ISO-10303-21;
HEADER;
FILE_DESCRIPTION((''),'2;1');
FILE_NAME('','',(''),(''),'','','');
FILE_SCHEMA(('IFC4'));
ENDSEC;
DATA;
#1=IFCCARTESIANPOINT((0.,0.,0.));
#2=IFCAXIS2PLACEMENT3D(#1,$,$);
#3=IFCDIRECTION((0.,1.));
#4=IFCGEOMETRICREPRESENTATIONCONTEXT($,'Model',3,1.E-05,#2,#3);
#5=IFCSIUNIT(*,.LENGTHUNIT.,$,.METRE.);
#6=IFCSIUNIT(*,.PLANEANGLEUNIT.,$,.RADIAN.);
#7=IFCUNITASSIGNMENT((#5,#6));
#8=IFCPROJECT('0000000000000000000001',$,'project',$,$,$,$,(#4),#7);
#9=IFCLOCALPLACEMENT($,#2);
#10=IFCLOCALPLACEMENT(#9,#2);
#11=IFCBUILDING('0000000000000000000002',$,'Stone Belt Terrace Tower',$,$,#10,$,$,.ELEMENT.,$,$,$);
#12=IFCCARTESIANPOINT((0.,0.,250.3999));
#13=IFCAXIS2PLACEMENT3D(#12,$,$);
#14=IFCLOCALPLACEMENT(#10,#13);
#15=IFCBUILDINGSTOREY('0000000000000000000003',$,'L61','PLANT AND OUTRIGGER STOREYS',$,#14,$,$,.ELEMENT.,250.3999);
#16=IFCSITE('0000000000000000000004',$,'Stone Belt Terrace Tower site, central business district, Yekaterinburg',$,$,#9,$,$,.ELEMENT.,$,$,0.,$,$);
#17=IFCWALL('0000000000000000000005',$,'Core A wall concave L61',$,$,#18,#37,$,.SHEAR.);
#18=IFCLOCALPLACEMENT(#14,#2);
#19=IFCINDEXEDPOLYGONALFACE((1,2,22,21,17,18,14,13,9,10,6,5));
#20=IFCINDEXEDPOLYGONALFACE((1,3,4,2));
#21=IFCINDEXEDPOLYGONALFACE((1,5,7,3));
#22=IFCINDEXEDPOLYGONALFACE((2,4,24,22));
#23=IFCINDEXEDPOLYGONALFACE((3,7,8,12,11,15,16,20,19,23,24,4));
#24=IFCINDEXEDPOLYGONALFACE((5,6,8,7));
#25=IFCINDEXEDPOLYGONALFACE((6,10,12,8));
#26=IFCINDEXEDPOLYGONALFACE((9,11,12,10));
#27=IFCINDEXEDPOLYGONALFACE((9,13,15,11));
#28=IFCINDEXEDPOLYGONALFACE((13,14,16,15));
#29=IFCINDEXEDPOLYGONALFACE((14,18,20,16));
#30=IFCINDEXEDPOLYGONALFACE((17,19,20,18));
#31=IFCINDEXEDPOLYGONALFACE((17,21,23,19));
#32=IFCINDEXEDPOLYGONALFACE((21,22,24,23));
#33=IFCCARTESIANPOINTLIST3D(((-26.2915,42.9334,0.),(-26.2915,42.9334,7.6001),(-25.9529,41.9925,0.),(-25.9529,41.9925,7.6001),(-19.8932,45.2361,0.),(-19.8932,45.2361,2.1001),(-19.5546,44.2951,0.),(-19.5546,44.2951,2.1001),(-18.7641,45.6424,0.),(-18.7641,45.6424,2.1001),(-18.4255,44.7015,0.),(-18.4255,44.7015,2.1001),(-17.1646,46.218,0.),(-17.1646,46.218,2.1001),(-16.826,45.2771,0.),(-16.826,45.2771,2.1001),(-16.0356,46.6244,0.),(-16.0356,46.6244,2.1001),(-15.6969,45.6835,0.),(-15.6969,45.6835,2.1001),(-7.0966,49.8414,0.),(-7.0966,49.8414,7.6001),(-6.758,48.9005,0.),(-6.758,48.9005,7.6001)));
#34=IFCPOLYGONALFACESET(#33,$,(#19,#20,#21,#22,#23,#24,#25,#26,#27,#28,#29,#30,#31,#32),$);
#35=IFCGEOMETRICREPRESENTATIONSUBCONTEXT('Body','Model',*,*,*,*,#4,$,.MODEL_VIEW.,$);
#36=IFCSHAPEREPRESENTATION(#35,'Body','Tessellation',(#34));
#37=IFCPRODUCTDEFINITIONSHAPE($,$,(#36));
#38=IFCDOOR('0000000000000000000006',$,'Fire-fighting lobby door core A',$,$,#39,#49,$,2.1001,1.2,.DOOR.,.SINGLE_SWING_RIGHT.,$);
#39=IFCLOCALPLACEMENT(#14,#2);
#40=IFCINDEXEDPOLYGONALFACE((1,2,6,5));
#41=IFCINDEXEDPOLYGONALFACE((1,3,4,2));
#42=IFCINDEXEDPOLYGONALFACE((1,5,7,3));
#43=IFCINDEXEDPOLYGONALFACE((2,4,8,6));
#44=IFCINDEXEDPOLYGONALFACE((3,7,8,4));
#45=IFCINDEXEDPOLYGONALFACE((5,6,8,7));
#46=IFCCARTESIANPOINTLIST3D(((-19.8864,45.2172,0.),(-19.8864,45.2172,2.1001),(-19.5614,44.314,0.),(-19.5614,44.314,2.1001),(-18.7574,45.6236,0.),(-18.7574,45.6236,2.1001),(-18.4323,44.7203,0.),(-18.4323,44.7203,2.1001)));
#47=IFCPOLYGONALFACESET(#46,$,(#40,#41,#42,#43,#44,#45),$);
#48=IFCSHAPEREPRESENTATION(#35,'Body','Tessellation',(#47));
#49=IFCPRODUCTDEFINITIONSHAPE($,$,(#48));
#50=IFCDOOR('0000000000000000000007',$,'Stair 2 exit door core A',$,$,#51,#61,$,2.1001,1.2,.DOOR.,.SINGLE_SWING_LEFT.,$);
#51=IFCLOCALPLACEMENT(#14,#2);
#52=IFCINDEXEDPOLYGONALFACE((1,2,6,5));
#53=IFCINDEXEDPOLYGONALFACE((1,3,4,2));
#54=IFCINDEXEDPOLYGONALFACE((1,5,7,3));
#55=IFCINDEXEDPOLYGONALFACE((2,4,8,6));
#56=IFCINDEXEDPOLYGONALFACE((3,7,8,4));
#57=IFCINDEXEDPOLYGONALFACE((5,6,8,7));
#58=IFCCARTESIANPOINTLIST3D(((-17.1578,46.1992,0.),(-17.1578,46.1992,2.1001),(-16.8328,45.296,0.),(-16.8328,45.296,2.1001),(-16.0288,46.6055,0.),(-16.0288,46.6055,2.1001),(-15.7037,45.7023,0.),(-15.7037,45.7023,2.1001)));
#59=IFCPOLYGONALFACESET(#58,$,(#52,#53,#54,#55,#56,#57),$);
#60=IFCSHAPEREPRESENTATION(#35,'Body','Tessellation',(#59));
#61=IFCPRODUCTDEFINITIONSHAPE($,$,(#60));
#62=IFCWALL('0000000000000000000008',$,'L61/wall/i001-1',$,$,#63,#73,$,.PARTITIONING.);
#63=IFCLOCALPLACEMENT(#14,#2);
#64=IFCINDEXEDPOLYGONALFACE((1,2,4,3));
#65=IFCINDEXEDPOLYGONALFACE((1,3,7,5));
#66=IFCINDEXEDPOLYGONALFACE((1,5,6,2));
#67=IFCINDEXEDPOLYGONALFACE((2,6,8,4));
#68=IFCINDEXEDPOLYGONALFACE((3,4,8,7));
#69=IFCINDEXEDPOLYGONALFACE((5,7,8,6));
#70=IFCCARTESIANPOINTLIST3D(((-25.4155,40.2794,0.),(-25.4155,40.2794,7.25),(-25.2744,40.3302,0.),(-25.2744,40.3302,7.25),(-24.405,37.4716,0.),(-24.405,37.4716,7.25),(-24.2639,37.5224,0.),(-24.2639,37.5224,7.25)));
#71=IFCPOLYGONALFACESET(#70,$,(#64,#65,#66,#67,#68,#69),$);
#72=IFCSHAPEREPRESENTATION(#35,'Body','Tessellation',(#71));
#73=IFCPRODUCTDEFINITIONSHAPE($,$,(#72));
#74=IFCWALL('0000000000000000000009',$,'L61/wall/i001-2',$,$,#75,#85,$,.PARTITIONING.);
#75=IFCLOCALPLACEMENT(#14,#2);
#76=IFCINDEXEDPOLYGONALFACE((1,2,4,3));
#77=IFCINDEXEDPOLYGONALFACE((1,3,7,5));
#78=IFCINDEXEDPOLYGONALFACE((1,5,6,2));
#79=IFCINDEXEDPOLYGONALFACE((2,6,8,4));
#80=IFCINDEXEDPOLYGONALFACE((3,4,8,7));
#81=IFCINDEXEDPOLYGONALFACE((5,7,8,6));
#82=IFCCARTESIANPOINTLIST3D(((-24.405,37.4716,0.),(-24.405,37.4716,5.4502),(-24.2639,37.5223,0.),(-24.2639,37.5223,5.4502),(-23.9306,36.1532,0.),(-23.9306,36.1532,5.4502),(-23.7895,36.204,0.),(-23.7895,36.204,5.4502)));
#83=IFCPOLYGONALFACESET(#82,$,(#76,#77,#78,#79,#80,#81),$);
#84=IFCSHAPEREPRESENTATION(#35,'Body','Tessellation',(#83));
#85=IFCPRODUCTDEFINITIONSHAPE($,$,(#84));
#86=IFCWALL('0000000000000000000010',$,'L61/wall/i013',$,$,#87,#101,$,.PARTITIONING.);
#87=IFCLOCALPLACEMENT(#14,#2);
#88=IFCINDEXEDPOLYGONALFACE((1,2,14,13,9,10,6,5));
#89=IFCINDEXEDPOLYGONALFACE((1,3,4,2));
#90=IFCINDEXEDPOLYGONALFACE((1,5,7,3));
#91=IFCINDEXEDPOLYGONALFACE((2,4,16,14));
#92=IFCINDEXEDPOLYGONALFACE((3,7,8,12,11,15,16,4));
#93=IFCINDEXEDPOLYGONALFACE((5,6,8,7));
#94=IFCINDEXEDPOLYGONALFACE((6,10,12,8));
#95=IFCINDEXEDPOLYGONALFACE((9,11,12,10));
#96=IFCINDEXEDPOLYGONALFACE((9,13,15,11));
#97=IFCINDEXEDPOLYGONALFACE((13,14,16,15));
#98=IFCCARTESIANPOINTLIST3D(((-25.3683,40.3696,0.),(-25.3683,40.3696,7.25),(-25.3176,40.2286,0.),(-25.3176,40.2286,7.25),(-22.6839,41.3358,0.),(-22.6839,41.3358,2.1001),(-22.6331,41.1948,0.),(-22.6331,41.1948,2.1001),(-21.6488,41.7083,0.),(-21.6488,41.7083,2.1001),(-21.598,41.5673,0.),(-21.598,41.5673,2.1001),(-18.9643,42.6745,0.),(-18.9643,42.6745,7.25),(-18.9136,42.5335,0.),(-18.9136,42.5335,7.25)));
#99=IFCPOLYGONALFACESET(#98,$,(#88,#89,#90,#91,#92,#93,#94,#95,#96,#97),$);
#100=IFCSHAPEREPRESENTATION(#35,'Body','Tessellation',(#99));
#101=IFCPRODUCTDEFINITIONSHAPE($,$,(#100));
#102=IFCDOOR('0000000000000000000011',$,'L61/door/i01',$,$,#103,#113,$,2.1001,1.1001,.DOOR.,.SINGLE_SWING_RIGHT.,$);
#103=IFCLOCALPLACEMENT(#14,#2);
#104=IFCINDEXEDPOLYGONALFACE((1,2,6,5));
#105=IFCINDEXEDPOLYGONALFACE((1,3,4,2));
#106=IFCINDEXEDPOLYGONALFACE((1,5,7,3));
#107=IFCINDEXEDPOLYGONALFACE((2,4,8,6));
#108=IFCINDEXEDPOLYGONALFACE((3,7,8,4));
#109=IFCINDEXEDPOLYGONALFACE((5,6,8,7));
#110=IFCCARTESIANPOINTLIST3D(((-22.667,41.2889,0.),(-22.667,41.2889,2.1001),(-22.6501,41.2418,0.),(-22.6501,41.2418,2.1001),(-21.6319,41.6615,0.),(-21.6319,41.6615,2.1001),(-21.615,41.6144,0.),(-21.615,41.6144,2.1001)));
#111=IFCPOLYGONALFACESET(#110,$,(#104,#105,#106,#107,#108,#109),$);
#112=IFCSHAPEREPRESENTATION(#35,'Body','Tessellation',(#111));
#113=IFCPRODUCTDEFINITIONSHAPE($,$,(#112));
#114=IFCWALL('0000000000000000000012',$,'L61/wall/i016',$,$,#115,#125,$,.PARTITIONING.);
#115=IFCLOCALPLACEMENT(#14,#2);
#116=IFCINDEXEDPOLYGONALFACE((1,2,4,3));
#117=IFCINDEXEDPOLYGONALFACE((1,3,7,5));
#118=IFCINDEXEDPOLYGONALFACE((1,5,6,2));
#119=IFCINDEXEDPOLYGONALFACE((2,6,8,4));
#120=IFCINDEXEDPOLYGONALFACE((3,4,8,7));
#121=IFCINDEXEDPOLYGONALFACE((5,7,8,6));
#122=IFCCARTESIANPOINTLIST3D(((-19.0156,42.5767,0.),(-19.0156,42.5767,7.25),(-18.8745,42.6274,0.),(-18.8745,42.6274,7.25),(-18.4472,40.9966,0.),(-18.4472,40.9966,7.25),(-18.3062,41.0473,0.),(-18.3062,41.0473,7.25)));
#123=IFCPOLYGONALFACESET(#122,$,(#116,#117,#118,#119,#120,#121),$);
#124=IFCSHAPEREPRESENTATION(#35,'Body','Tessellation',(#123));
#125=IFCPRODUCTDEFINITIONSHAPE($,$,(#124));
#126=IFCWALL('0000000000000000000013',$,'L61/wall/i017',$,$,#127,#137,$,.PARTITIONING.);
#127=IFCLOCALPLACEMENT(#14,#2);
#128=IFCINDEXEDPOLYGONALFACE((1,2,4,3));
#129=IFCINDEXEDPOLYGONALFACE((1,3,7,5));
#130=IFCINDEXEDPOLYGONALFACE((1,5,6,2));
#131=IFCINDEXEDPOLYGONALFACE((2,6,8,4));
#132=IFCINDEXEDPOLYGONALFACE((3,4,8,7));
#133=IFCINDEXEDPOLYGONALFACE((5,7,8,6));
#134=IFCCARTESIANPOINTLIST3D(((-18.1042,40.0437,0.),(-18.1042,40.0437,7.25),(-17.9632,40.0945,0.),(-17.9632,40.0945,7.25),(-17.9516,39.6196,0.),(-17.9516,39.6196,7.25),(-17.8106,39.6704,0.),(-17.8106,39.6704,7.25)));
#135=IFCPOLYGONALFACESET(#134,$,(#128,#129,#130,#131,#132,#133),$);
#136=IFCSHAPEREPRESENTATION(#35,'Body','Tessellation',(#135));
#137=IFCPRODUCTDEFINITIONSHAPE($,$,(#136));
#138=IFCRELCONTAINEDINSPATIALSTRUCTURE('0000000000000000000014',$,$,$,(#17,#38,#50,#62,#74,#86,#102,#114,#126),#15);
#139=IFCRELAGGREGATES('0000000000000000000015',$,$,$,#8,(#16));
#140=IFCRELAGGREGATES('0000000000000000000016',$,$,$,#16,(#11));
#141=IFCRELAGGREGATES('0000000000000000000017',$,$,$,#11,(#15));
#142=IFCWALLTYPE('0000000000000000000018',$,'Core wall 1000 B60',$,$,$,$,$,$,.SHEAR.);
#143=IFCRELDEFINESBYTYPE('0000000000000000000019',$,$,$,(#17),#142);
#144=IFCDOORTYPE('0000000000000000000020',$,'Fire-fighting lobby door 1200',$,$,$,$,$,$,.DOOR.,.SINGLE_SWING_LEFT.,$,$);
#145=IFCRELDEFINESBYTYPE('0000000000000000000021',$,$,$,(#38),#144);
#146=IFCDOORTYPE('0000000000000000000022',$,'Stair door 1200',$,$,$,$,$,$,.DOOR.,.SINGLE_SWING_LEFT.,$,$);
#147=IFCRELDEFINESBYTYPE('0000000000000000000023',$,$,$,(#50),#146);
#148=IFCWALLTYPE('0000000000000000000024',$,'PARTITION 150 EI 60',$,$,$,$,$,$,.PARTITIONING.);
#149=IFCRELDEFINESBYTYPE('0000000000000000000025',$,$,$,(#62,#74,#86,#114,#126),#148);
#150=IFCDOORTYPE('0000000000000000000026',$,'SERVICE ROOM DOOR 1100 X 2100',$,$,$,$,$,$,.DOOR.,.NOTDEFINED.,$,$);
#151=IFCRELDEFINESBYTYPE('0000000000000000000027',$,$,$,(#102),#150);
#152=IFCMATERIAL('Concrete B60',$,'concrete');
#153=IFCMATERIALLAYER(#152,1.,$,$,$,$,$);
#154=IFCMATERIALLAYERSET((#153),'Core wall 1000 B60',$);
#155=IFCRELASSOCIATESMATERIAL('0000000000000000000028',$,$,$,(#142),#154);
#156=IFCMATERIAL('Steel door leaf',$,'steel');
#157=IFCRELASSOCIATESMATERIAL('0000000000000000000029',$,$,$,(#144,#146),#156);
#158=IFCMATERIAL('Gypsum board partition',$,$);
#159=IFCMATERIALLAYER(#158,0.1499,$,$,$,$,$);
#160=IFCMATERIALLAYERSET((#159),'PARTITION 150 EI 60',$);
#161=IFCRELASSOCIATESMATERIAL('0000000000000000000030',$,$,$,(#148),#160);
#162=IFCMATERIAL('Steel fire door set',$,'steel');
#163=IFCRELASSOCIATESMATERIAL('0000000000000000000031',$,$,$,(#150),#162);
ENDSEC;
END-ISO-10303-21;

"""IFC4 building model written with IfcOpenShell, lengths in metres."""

from ifc_helpers import new_model, si_unit, direction, frame, frame_2d, origin, place, context, subcontext, project, spatial, rectangle, extrude, material, layer, layer_set, type_object, element, fill, save


model = new_model("IFC4")

# Units and contexts
model_context = context("Model", 3, precision=1e-05, world=origin(), true_north=direction((0.0, 1.0)))
body_context = subcontext(model_context, "Body", "Model", "MODEL_VIEW")
ifc_project = project(units=[si_unit("LENGTHUNIT", "METRE"), si_unit("PLANEANGLEUNIT", "RADIAN")], contexts=[model_context])

# Site, building, storey
site_placement = place(None, origin())
site = spatial("IfcSite", under=ifc_project, at=site_placement, Name="Stone Belt Terrace Tower site, central business district, Yekaterinburg", CompositionType="ELEMENT", RefElevation=0.0)
building_placement = place(site_placement, origin())
building = spatial("IfcBuilding", under=site, at=building_placement, Name="Stone Belt Terrace Tower", CompositionType="ELEMENT")
storey_placement = place(building_placement, frame((0.0, 0.0, 250.3999)))
storey = spatial("IfcBuildingStorey", under=building, at=storey_placement, Name="L61", Description="PLANT AND OUTRIGGER STOREYS", CompositionType="ELEMENT", Elevation=250.3999)

# Shared definitions
ifc_material_1 = material(Name="Concrete B60", Category="concrete")

# Wall, openings, doors
ifc_layer_1 = layer(ifc_material_1, 1.0)
ifc_layer_set_1 = layer_set([ifc_layer_1], Name="Core wall 1000 B60")
wall_type_1 = type_object("IfcWallType", Name="Core wall 1000 B60", PredefinedType="SHEAR", material=ifc_layer_set_1)
wall_1_placement = place(storey_placement, frame((-26.1223, 42.4629, 0.0), z_axis=(0.0, 0.0, 1.0), x_axis=(0.940921, 0.338625, 0.0)))
wall_1 = element("IfcWall", 1, at=wall_1_placement, inside=storey, type_object=wall_type_1, Name="Core A wall concave L61", PredefinedType="SHEAR", context=body_context, shape_type="SweptSolid", body=[
    extrude(rectangle(XDim=20.4001, YDim=1.0, at=frame_2d((10.2002, 0.0))), origin(), (0.0, 0.0, 1.0), 7.6001),
])
opening_1_placement = place(wall_1_placement, frame((6.8, 0.0, 0.0)))
opening_1 = element("IfcOpeningElement", 2, at=opening_1_placement, cuts=wall_1, PredefinedType="OPENING", context=body_context, shape_type="SweptSolid", body=[
    extrude(rectangle(XDim=1.2, YDim=2.1001, at=frame_2d((0.6001, 1.05))), frame((0.0, 0.51, 0.0), z_axis=(0.0, -1.0, 0.0), x_axis=(1.0, 0.0, 0.0)), (0.0, 0.0, 1.0), 1.02),
])
opening_2_placement = place(wall_1_placement, frame((9.7, 0.0, 0.0)))
opening_2 = element("IfcOpeningElement", 3, at=opening_2_placement, cuts=wall_1, PredefinedType="OPENING", context=body_context, shape_type="SweptSolid", body=[
    extrude(rectangle(XDim=1.2, YDim=2.1001, at=frame_2d((0.6001, 1.05))), frame((0.0, 0.51, 0.0), z_axis=(0.0, -1.0, 0.0), x_axis=(1.0, 0.0, 0.0)), (0.0, 0.0, 1.0), 1.02),
])
ifc_material_2 = material(Name="Steel door leaf", Category="steel")
door_type_1 = type_object("IfcDoorType", Name="Fire-fighting lobby door 1200", OperationType="SINGLE_SWING_LEFT", PredefinedType="DOOR", material=ifc_material_2)
door_1_placement = place(opening_1_placement, origin())
door_1 = element("IfcDoor", 4, at=door_1_placement, inside=storey, type_object=door_type_1, Name="Fire-fighting lobby door core A", OperationType="SINGLE_SWING_RIGHT", OverallHeight=2.1001, OverallWidth=1.2, PredefinedType="DOOR", context=body_context, shape_type="SweptSolid", body=[
    extrude(rectangle(XDim=1.2, YDim=2.1001, at=frame_2d((0.6001, 1.05))), frame((0.0, 0.48, 0.0), z_axis=(0.0, -1.0, 0.0), x_axis=(1.0, 0.0, 0.0)), (0.0, 0.0, 1.0), 0.96),
])
fill(opening_1, door_1)
door_type_2 = type_object("IfcDoorType", Name="Stair door 1200", OperationType="SINGLE_SWING_LEFT", PredefinedType="DOOR", material=ifc_material_2)
door_2_placement = place(opening_2_placement, origin())
door_2 = element("IfcDoor", 5, at=door_2_placement, inside=storey, type_object=door_type_2, Name="Stair 2 exit door core A", OperationType="SINGLE_SWING_LEFT", OverallHeight=2.1001, OverallWidth=1.2, PredefinedType="DOOR", context=body_context, shape_type="SweptSolid", body=[
    extrude(rectangle(XDim=1.2, YDim=2.1001, at=frame_2d((0.6001, 1.05))), frame((0.0, 0.48, 0.0), z_axis=(0.0, -1.0, 0.0), x_axis=(1.0, 0.0, 0.0)), (0.0, 0.0, 1.0), 0.96),
])
fill(opening_2, door_2)

# Walls
ifc_material_3 = material(Name="Gypsum board partition")
ifc_layer_2 = layer(ifc_material_3, 0.1499)
ifc_layer_set_2 = layer_set([ifc_layer_2], Name="PARTITION 150 EI 60")
wall_type_2 = type_object("IfcWallType", Name="PARTITION 150 EI 60", PredefinedType="PARTITIONING", material=ifc_layer_set_2)
wall_2_placement = place(storey_placement, frame((-25.345, 40.3049, 0.0), z_axis=(0.0, 0.0, 1.0), x_axis=(0.338621, -0.940923, 0.0)))
element("IfcWall", 6, at=wall_2_placement, inside=storey, type_object=wall_type_2, Name="L61/wall/i001-1", PredefinedType="PARTITIONING", context=body_context, shape_type="SweptSolid", body=[
    extrude(rectangle(XDim=2.9841, YDim=0.1499, at=frame_2d((1.4922, 0.0))), origin(), (0.0, 0.0, 1.0), 7.25),
])
wall_3_placement = place(storey_placement, frame((-24.3345, 37.4971, 0.0), z_axis=(0.0, 0.0, 1.0), x_axis=(0.338565, -0.940943, 0.0)))
element("IfcWall", 7, at=wall_3_placement, inside=storey, type_object=wall_type_2, Name="L61/wall/i001-2", PredefinedType="PARTITIONING", context=body_context, shape_type="SweptSolid", body=[
    extrude(rectangle(XDim=1.4011, YDim=0.1499, at=frame_2d((0.7007, 0.0))), origin(), (0.0, 0.0, 1.0), 5.4502),
])

# Wall, opening, door
wall_4_placement = place(storey_placement, frame((-18.939, 42.604, 0.0), z_axis=(0.0, 0.0, 1.0), x_axis=(-0.940912, -0.338651, 0.0)))
wall_4 = element("IfcWall", 8, at=wall_4_placement, inside=storey, type_object=wall_type_2, Name="L61/wall/i013", PredefinedType="PARTITIONING", context=body_context, shape_type="SweptSolid", body=[
    extrude(rectangle(XDim=6.8062, YDim=0.1499, at=frame_2d((3.4031, 0.0))), origin(), (0.0, 0.0, 1.0), 7.25),
])
opening_3_placement = place(wall_4_placement, frame((2.853, 0.0, 0.0)))
opening_3 = element("IfcOpeningElement", 9, at=opening_3_placement, cuts=wall_4, PredefinedType="OPENING", context=body_context, shape_type="SweptSolid", body=[
    extrude(rectangle(XDim=1.1001, YDim=2.1001, at=frame_2d((0.55, 1.05))), frame((0.0, 0.085, 0.0), z_axis=(0.0, -1.0, 0.0), x_axis=(1.0, 0.0, 0.0)), (0.0, 0.0, 1.0), 0.1699),
])
ifc_material_4 = material(Name="Steel fire door set", Category="steel")
door_type_3 = type_object("IfcDoorType", Name="SERVICE ROOM DOOR 1100 X 2100", OperationType="NOTDEFINED", PredefinedType="DOOR", material=ifc_material_4)
door_3_placement = place(opening_3_placement, origin())
door_3 = element("IfcDoor", 10, at=door_3_placement, inside=storey, type_object=door_type_3, Name="L61/door/i01", OperationType="SINGLE_SWING_RIGHT", OverallHeight=2.1001, OverallWidth=1.1001, PredefinedType="DOOR", context=body_context, shape_type="SweptSolid", body=[
    extrude(rectangle(XDim=1.1001, YDim=2.1001, at=frame_2d((0.55, 1.05))), frame((0.0, 0.0249, 0.0), z_axis=(0.0, -1.0, 0.0), x_axis=(1.0, 0.0, 0.0)), (0.0, 0.0, 1.0), 0.05),
])
fill(opening_3, door_3)

# Walls
wall_5_placement = place(storey_placement, frame((-18.9451, 42.6021, 0.0), z_axis=(0.0, 0.0, 1.0), x_axis=(0.338472, -0.940976, 0.0)))
element("IfcWall", 11, at=wall_5_placement, inside=storey, type_object=wall_type_2, Name="L61/wall/i016", PredefinedType="PARTITIONING", context=body_context, shape_type="SweptSolid", body=[
    extrude(rectangle(XDim=1.6792, YDim=0.1499, at=frame_2d((0.8396, 0.0))), origin(), (0.0, 0.0, 1.0), 7.25),
])
wall_6_placement = place(storey_placement, frame((-18.0337, 40.0691, 0.0), z_axis=(0.0, 0.0, 1.0), x_axis=(0.338566, -0.940943, 0.0)))
element("IfcWall", 12, at=wall_6_placement, inside=storey, type_object=wall_type_2, Name="L61/wall/i017", PredefinedType="PARTITIONING", context=body_context, shape_type="SweptSolid", body=[
    extrude(rectangle(XDim=0.4507, YDim=0.1499, at=frame_2d((0.2253, 0.0))), origin(), (0.0, 0.0, 1.0), 7.25),
])

save(model, "model.ifc")
